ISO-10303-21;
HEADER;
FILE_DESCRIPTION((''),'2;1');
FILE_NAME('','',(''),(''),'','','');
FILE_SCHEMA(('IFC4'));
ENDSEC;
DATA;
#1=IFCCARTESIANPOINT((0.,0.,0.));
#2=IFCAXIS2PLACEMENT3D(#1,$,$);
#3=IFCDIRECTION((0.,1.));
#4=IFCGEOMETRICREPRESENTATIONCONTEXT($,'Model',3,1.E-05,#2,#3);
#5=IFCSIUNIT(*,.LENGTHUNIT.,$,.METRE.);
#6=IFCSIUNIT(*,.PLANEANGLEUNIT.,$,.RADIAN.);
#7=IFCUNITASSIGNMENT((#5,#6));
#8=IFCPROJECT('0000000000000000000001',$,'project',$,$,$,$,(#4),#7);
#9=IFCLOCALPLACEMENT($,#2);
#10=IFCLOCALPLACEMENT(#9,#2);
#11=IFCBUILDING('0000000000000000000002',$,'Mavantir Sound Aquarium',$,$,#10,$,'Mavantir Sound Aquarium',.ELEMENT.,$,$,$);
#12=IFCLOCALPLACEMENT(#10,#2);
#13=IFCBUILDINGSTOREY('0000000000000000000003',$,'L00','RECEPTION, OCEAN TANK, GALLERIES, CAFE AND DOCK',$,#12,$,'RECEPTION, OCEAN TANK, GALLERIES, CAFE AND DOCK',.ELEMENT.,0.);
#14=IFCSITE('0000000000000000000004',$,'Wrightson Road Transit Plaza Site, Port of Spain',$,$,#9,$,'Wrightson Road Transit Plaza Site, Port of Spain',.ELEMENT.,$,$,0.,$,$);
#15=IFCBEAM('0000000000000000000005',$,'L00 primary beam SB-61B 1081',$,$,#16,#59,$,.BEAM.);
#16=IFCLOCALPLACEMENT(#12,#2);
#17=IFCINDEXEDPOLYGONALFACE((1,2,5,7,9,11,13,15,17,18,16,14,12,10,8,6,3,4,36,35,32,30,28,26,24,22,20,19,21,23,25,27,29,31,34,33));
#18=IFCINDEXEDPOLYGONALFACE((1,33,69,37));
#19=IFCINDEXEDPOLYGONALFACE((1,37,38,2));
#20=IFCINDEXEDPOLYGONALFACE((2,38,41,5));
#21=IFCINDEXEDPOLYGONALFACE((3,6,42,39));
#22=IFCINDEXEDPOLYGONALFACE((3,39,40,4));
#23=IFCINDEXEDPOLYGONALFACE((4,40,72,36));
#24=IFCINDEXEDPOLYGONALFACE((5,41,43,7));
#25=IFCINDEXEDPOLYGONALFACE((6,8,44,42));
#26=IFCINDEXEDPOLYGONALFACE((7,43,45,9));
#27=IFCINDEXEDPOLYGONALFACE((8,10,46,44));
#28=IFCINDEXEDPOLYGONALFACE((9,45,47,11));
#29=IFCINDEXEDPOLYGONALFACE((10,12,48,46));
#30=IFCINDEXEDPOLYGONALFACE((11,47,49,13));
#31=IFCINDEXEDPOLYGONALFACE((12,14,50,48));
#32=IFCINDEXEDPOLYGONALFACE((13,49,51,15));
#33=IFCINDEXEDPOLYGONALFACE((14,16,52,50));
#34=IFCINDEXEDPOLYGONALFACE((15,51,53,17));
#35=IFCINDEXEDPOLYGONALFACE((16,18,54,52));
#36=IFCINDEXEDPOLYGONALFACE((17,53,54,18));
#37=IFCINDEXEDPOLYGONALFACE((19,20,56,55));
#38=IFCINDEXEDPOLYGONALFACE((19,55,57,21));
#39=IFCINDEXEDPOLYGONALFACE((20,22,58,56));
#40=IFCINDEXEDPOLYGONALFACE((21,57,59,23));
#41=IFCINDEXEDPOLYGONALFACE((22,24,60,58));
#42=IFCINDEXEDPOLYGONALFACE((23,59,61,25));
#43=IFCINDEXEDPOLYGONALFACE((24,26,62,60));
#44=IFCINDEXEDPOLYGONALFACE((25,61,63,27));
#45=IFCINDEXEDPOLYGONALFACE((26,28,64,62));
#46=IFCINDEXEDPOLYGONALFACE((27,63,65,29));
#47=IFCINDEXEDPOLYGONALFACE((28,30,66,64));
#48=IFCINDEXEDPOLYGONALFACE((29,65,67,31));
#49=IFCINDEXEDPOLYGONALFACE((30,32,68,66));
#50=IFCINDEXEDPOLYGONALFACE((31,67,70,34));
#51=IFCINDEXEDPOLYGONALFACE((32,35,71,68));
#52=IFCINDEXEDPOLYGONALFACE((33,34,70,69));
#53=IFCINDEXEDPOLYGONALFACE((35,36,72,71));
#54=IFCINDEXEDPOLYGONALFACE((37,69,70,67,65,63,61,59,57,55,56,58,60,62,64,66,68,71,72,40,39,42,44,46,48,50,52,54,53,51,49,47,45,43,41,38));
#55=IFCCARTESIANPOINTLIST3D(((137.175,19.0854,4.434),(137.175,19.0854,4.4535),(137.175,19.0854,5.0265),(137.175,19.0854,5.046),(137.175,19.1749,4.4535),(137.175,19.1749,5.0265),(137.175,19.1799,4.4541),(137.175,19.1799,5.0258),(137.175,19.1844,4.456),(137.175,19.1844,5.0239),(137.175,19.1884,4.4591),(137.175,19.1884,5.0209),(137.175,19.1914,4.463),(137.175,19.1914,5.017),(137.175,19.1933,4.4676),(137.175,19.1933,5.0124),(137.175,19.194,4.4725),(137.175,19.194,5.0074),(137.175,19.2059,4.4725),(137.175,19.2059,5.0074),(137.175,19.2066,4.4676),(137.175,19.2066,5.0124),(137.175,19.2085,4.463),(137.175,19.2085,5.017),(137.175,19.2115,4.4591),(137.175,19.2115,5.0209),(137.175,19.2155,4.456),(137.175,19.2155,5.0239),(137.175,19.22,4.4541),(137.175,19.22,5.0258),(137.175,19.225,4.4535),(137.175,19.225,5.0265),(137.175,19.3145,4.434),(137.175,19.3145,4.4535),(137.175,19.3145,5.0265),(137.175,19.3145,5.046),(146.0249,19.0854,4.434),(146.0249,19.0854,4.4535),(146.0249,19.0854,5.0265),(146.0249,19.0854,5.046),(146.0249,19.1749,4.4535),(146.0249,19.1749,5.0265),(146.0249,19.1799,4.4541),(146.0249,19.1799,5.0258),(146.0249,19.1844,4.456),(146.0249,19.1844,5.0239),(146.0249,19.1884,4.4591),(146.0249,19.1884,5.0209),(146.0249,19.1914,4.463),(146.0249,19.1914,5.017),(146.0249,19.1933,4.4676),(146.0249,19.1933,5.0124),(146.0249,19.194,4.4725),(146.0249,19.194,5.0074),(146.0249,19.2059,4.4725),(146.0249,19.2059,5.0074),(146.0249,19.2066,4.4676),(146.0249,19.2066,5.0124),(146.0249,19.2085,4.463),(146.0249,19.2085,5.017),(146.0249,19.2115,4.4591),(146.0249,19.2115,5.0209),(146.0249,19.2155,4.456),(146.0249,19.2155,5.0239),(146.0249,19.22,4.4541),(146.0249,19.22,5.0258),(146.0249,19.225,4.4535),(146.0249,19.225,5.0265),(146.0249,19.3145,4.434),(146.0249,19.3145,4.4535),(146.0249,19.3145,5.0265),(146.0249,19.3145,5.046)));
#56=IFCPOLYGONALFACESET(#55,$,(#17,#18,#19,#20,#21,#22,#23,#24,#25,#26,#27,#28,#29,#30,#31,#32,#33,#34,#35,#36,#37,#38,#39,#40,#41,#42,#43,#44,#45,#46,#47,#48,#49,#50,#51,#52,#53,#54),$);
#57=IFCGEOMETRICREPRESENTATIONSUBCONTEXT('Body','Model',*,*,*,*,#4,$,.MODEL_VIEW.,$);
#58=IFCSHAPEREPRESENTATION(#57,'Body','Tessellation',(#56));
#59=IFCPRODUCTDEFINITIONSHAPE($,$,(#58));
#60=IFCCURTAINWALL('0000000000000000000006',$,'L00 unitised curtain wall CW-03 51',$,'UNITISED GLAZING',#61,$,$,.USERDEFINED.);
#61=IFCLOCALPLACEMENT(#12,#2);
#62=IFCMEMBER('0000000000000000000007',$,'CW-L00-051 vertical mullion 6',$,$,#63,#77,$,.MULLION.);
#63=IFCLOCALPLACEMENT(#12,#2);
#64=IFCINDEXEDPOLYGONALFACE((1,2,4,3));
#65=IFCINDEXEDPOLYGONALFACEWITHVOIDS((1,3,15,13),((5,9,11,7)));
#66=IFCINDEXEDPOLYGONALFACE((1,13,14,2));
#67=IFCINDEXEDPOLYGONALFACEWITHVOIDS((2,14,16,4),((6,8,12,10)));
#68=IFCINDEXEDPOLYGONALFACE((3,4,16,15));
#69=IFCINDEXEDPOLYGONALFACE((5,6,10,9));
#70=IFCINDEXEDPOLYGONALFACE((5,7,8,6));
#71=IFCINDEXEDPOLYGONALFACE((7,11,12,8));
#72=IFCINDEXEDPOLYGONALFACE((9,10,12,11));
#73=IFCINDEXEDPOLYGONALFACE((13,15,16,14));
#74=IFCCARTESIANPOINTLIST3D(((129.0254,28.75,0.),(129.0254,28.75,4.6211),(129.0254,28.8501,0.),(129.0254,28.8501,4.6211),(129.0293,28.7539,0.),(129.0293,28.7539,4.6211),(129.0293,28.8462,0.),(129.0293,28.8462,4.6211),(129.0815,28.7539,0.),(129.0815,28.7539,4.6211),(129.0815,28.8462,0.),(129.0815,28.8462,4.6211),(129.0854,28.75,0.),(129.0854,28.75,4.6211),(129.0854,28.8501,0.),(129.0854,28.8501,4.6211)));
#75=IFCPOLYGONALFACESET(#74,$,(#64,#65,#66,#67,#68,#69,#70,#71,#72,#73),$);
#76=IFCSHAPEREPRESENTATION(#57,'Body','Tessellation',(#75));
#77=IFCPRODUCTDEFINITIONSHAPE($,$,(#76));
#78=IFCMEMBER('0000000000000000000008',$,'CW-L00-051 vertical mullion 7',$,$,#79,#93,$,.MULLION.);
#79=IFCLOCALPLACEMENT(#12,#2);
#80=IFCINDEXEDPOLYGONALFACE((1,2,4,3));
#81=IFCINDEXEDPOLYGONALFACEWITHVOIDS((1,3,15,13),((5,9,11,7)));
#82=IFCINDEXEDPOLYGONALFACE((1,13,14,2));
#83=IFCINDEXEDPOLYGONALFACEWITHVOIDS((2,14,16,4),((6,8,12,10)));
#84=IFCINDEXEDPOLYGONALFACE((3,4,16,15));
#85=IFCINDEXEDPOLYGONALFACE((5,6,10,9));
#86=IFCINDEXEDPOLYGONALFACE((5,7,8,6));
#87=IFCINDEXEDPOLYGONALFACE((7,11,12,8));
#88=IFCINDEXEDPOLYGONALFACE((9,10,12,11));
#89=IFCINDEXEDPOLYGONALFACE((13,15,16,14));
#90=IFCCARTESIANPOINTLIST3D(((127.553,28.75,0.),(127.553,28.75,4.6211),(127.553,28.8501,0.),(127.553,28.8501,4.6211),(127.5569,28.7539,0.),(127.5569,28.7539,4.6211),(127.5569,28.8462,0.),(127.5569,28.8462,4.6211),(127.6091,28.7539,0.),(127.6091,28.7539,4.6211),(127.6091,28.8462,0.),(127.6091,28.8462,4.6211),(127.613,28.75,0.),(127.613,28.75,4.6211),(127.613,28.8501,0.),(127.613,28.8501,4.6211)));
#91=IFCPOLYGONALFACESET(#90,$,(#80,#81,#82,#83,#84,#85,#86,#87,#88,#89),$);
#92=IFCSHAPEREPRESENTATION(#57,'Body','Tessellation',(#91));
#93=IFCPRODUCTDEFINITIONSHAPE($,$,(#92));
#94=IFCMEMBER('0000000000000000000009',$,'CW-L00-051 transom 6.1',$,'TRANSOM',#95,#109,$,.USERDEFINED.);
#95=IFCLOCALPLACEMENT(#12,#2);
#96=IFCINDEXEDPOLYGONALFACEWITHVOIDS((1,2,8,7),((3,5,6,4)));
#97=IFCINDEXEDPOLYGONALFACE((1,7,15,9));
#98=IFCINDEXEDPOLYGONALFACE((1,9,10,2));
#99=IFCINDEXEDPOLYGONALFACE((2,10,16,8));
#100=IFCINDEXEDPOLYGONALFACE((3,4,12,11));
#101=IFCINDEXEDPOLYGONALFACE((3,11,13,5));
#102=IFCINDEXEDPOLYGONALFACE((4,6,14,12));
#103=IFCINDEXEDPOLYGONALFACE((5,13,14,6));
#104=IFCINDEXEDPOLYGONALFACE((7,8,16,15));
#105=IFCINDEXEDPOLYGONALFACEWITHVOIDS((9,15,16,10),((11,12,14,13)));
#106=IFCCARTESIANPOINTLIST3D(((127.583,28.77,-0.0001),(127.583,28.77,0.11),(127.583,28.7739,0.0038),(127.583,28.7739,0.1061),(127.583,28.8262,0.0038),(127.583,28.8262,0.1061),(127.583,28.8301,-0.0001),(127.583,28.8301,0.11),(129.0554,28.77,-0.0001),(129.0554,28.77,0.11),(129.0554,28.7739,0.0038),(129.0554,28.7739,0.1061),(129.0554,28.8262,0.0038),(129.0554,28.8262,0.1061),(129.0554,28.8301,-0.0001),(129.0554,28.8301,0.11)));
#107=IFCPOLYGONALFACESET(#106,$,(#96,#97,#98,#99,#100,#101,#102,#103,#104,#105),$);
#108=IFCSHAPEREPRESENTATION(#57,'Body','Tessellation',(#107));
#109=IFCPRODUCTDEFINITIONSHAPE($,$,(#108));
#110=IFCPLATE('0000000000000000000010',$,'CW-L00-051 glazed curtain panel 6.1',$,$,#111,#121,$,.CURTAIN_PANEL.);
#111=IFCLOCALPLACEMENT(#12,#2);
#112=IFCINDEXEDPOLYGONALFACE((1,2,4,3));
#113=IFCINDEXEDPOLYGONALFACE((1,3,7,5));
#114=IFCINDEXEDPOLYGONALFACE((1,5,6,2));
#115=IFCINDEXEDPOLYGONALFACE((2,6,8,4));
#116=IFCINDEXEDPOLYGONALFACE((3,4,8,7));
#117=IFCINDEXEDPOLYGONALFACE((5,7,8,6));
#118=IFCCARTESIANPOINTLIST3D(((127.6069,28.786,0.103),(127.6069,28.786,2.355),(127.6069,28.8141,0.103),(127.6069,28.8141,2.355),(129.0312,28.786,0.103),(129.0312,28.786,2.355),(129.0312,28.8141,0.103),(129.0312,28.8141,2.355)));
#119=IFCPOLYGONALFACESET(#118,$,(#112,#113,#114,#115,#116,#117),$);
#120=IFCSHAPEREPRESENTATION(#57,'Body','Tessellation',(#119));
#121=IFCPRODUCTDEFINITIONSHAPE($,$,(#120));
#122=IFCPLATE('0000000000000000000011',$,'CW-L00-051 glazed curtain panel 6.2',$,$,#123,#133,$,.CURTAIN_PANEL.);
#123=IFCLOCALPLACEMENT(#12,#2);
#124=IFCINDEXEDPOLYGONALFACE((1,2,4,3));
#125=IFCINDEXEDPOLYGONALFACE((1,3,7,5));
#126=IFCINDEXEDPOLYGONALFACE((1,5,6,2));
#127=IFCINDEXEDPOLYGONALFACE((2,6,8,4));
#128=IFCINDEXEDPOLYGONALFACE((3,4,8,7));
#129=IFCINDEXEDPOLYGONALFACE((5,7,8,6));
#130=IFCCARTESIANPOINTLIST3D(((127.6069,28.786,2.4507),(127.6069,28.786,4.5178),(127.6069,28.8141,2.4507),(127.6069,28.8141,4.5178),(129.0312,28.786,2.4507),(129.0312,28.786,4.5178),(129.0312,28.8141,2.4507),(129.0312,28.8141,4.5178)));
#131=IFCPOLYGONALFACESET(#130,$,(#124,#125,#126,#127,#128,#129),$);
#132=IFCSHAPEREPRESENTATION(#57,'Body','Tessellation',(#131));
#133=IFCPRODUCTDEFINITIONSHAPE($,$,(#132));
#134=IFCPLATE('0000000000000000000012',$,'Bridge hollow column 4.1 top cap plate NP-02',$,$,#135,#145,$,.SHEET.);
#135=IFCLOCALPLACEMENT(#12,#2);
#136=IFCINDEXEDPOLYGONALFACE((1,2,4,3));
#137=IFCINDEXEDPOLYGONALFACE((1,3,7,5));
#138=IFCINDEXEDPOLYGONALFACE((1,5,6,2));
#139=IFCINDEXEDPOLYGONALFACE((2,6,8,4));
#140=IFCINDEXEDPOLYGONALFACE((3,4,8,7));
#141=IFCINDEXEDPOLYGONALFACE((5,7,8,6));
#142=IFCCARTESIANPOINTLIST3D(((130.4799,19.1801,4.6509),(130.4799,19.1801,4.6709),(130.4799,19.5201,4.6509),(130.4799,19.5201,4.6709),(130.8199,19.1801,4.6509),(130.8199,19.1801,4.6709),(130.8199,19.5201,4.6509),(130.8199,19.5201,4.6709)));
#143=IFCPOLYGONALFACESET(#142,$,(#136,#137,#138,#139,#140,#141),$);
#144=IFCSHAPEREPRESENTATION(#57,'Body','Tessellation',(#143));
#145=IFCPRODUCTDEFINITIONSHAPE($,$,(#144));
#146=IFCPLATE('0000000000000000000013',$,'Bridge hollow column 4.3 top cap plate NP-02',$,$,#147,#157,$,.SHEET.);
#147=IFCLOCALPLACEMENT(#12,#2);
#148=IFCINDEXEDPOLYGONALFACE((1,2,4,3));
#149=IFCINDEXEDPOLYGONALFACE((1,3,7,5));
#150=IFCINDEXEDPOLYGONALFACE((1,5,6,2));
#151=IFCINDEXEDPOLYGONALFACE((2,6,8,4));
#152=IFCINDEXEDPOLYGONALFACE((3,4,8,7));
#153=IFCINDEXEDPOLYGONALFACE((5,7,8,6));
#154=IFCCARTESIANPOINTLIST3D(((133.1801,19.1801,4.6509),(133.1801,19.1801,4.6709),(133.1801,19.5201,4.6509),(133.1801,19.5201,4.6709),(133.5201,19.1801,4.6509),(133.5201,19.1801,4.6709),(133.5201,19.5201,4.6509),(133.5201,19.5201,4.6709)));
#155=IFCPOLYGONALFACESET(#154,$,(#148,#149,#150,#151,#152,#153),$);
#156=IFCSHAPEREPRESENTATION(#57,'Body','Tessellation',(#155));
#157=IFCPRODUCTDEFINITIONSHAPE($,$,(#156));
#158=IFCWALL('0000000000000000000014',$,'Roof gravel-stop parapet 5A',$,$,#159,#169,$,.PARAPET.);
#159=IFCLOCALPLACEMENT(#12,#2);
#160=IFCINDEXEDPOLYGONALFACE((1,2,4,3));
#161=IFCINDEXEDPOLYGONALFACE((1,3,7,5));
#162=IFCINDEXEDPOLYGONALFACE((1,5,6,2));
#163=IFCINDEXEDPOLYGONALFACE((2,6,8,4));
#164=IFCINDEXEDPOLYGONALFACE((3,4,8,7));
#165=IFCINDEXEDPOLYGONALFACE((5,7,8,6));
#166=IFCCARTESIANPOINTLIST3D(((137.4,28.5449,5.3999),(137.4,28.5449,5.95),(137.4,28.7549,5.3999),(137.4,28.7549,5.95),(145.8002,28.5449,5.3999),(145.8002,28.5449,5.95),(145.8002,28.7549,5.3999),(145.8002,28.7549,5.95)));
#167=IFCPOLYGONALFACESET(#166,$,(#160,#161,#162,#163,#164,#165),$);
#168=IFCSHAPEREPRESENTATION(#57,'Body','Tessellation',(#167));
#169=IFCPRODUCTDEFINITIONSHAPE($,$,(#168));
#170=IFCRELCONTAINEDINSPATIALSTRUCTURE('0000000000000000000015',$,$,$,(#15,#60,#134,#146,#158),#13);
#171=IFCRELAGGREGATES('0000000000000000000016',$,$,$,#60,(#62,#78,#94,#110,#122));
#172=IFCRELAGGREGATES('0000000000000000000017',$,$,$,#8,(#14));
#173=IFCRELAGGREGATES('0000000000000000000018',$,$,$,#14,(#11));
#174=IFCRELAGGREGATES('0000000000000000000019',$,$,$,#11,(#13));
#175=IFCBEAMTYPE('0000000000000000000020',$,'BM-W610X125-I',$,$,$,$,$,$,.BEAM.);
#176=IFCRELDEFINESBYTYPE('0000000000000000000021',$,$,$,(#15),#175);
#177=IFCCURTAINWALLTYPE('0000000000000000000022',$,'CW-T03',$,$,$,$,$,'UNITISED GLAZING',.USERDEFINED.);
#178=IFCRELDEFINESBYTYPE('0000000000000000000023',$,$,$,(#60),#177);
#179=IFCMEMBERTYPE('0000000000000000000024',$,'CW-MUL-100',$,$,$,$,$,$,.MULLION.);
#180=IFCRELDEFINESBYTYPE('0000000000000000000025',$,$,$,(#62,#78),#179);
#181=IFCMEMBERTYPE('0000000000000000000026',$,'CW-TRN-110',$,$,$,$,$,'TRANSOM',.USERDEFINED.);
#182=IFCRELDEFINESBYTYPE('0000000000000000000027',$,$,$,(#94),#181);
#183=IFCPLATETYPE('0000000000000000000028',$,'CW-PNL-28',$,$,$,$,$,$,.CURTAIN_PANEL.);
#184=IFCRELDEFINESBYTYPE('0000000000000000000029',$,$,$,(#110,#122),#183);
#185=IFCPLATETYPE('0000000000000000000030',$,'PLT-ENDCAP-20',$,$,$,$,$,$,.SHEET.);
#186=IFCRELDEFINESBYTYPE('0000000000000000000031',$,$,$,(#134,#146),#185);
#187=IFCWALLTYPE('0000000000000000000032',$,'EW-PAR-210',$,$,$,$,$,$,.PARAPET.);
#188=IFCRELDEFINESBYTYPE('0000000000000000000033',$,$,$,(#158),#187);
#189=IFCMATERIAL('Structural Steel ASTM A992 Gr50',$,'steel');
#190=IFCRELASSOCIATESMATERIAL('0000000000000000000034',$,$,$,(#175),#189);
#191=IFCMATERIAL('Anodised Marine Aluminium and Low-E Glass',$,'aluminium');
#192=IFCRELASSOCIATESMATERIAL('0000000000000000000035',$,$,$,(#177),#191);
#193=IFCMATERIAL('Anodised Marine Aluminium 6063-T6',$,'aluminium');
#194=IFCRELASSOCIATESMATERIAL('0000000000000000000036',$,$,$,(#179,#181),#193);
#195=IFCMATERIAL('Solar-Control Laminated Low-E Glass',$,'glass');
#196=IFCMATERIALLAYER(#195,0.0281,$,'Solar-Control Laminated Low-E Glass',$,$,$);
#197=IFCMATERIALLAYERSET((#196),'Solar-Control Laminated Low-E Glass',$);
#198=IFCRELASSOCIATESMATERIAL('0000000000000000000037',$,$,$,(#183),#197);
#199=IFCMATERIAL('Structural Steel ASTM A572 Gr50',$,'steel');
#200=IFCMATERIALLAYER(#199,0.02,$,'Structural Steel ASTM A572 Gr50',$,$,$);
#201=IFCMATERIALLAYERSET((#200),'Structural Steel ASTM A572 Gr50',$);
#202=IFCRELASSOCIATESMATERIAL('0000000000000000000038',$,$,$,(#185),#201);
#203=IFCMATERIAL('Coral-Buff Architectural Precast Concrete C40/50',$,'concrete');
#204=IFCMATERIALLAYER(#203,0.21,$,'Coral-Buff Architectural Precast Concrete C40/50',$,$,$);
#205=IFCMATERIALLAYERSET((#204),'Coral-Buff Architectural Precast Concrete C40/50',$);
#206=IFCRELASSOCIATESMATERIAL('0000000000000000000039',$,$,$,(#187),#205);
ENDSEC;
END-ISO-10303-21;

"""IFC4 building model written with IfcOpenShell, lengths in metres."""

from ifc_helpers import new_model, si_unit, direction, frame, frame_2d, origin, origin_2d, place, context, subcontext, project, spatial, rectangle, hollow_rectangle, i_section, extrude, material, layer, layer_set, material_profile, profile_set, type_object, element, aggregate, save


model = new_model("IFC4")

# Units and contexts
model_context = context("Model", 3, precision=1e-05, world=origin(), true_north=direction((0.0, 1.0)))
body_context = subcontext(model_context, "Body", "Model", "MODEL_VIEW")
ifc_project = project(units=[si_unit("LENGTHUNIT", "METRE"), si_unit("PLANEANGLEUNIT", "RADIAN")], contexts=[model_context])

# Site, building, storey
site_placement = place(None, origin())
site = spatial("IfcSite", under=ifc_project, at=site_placement, Name="Wrightson Road Transit Plaza Site, Port of Spain", LongName="Wrightson Road Transit Plaza Site, Port of Spain", CompositionType="ELEMENT", RefElevation=0.0)
building_placement = place(site_placement, origin())
building = spatial("IfcBuilding", under=site, at=building_placement, Name="Mavantir Sound Aquarium", LongName="Mavantir Sound Aquarium", CompositionType="ELEMENT")
storey_placement = place(building_placement, origin())
storey = spatial("IfcBuildingStorey", under=building, at=storey_placement, Name="L00", Description="RECEPTION, OCEAN TANK, GALLERIES, CAFE AND DOCK", LongName="RECEPTION, OCEAN TANK, GALLERIES, CAFE AND DOCK", CompositionType="ELEMENT", Elevation=0.0)

# Beam
ifc_material_1 = material(Name="Structural Steel ASTM A992 Gr50", Category="steel")
ifc_material_profile_1 = material_profile(ifc_material_1, i_section(OverallWidth=0.229, OverallDepth=0.6121, WebThickness=0.012, FlangeThickness=0.0195, FilletRadius=0.019, at=origin_2d()), Name="W610X125")
ifc_profile_set_1 = profile_set([ifc_material_profile_1], Name="Structural Steel ASTM A992 Gr50")
beam_type_1 = type_object("IfcBeamType", Name="BM-W610X125-I", PredefinedType="BEAM", material=ifc_profile_set_1)
beam_1_placement = place(storey_placement, frame((137.175, 19.2, 4.74), z_axis=(1.0, 0.0, 0.0), x_axis=(0.0, 1.0, 0.0)))
element("IfcBeam", 1, at=beam_1_placement, inside=storey, type_object=beam_type_1, Name="L00 primary beam SB-61B 1081", PredefinedType="BEAM", context=body_context, shape_type="SweptSolid", body=[
    extrude(i_section(OverallWidth=0.229, OverallDepth=0.6121, WebThickness=0.012, FlangeThickness=0.0195, FilletRadius=0.019, at=origin_2d()), origin(), (0.0, 0.0, 1.0), 8.8499),
])

# Curtain wall, members, plates
ifc_material_2 = material(Name="Anodised Marine Aluminium and Low-E Glass", Category="aluminium")
curtain_wall_type = type_object("IfcCurtainWallType", Name="CW-T03", ElementType="UNITISED GLAZING", PredefinedType="USERDEFINED", material=ifc_material_2)
curtain_wall_placement = place(storey_placement, origin())
curtain_wall = element("IfcCurtainWall", 2, at=curtain_wall_placement, inside=storey, type_object=curtain_wall_type, Name="L00 unitised curtain wall CW-03 51", ObjectType="UNITISED GLAZING", PredefinedType="USERDEFINED")
ifc_material_3 = material(Name="Anodised Marine Aluminium 6063-T6", Category="aluminium")
ifc_material_profile_2 = material_profile(ifc_material_3, hollow_rectangle(XDim=0.0601, YDim=0.1001, WallThickness=0.0039, at=origin_2d()), Name="ALU-MULLION-100X60")
ifc_profile_set_2 = profile_set([ifc_material_profile_2], Name="Anodised Marine Aluminium 6063-T6")
member_type_1 = type_object("IfcMemberType", Name="CW-MUL-100", PredefinedType="MULLION", material=ifc_profile_set_2)
member_1_placement = place(storey_placement, frame((129.0554, 28.8, 0.0), z_axis=(0.0, 0.0, 1.0), x_axis=(1.0, 0.0, 0.0)))
member_1 = element("IfcMember", 3, at=member_1_placement, type_object=member_type_1, Name="CW-L00-051 vertical mullion 6", PredefinedType="MULLION", context=body_context, shape_type="SweptSolid", body=[
    extrude(hollow_rectangle(XDim=0.0601, YDim=0.1001, WallThickness=0.0039, at=origin_2d()), origin(), (0.0, 0.0, 1.0), 4.6211),
])
member_2_placement = place(storey_placement, frame((127.583, 28.8, 0.0), z_axis=(0.0, 0.0, 1.0), x_axis=(1.0, 0.0, 0.0)))
member_2 = element("IfcMember", 4, at=member_2_placement, type_object=member_type_1, Name="CW-L00-051 vertical mullion 7", PredefinedType="MULLION", context=body_context, shape_type="SweptSolid", body=[
    extrude(hollow_rectangle(XDim=0.0601, YDim=0.1001, WallThickness=0.0039, at=origin_2d()), origin(), (0.0, 0.0, 1.0), 4.6211),
])
ifc_material_profile_3 = material_profile(ifc_material_3, hollow_rectangle(XDim=0.0601, YDim=0.1101, WallThickness=0.0039, at=origin_2d()), Name="ALU-TRANSOM-110X60")
ifc_profile_set_3 = profile_set([ifc_material_profile_3], Name="Anodised Marine Aluminium 6063-T6")
member_type_2 = type_object("IfcMemberType", Name="CW-TRN-110", ElementType="TRANSOM", PredefinedType="USERDEFINED", material=ifc_profile_set_3)
member_3_placement = place(storey_placement, frame((129.0554, 28.8, 0.0549), z_axis=(-1.0, 0.0, 0.0), x_axis=(0.0, -1.0, 0.0)))
member_3 = element("IfcMember", 5, at=member_3_placement, type_object=member_type_2, Name="CW-L00-051 transom 6.1", ObjectType="TRANSOM", PredefinedType="USERDEFINED", context=body_context, shape_type="SweptSolid", body=[
    extrude(hollow_rectangle(XDim=0.0601, YDim=0.1101, WallThickness=0.0039, at=origin_2d()), origin(), (0.0, 0.0, 1.0), 1.4724),
])
ifc_material_4 = material(Name="Solar-Control Laminated Low-E Glass", Category="glass")
ifc_layer_1 = layer(ifc_material_4, 0.0281, Name="Solar-Control Laminated Low-E Glass")
ifc_layer_set_1 = layer_set([ifc_layer_1], Name="Solar-Control Laminated Low-E Glass")
plate_type_1 = type_object("IfcPlateType", Name="CW-PNL-28", PredefinedType="CURTAIN_PANEL", material=ifc_layer_set_1)
plate_1_placement = place(storey_placement, frame((128.3191, 28.8, 0.103), z_axis=(0.0, 0.0, 1.0), x_axis=(-1.0, 0.0, 0.0)))
plate_1 = element("IfcPlate", 6, at=plate_1_placement, type_object=plate_type_1, Name="CW-L00-051 glazed curtain panel 6.1", PredefinedType="CURTAIN_PANEL", context=body_context, shape_type="SweptSolid", body=[
    extrude(rectangle(XDim=1.4243, YDim=0.0281, at=origin_2d()), origin(), (0.0, 0.0, 1.0), 2.252),
])
plate_2_placement = place(storey_placement, frame((128.3191, 28.8, 2.4507), z_axis=(0.0, 0.0, 1.0), x_axis=(-1.0, 0.0, 0.0)))
plate_2 = element("IfcPlate", 7, at=plate_2_placement, type_object=plate_type_1, Name="CW-L00-051 glazed curtain panel 6.2", PredefinedType="CURTAIN_PANEL", context=body_context, shape_type="SweptSolid", body=[
    extrude(rectangle(XDim=1.4243, YDim=0.0281, at=origin_2d()), origin(), (0.0, 0.0, 1.0), 2.0671),
])
aggregate(curtain_wall, [member_1, member_2, member_3, plate_1, plate_2])

# Plates
ifc_material_5 = material(Name="Structural Steel ASTM A572 Gr50", Category="steel")
ifc_layer_2 = layer(ifc_material_5, 0.02, Name="Structural Steel ASTM A572 Gr50")
ifc_layer_set_2 = layer_set([ifc_layer_2], Name="Structural Steel ASTM A572 Gr50")
plate_type_2 = type_object("IfcPlateType", Name="PLT-ENDCAP-20", PredefinedType="SHEET", material=ifc_layer_set_2)
for number, where, z_axis, x_axis, name in (
    (8, (130.6499, 19.3501, 4.6509), (0.0, 0.0, 1.0), (1.0, 0.0, 0.0), "Bridge hollow column 4.1 top cap plate NP-02"),
    (9, (133.3501, 19.3501, 4.6509), (0.0, 0.0, 1.0), (1.0, 0.0, 0.0), "Bridge hollow column 4.3 top cap plate NP-02"),
):
    element("IfcPlate", number, at=place(storey_placement, frame(where, z_axis=z_axis, x_axis=x_axis)), inside=storey, type_object=plate_type_2, Name=name, PredefinedType="SHEET", context=body_context, shape_type="SweptSolid", body=[
        extrude(rectangle(XDim=0.3401, YDim=0.3401, at=origin_2d()), origin(), (0.0, 0.0, 1.0), 0.02),
    ])

# Wall
ifc_material_6 = material(Name="Coral-Buff Architectural Precast Concrete C40/50", Category="concrete")
ifc_layer_3 = layer(ifc_material_6, 0.21, Name="Coral-Buff Architectural Precast Concrete C40/50")
ifc_layer_set_3 = layer_set([ifc_layer_3], Name="Coral-Buff Architectural Precast Concrete C40/50")
wall_type = type_object("IfcWallType", Name="EW-PAR-210", PredefinedType="PARAPET", material=ifc_layer_set_3)
wall_placement = place(storey_placement, frame((137.3999, 28.6499, 5.3999), z_axis=(0.0, 0.0, 1.0), x_axis=(1.0, 0.0, 0.0)))
element("IfcWall", 10, at=wall_placement, inside=storey, type_object=wall_type, Name="Roof gravel-stop parapet 5A", PredefinedType="PARAPET", context=body_context, shape_type="SweptSolid", body=[
    extrude(rectangle(XDim=8.4001, YDim=0.21, at=frame_2d((4.2002, 0.0))), origin(), (0.0, 0.0, 1.0), 0.55),
])

save(model, "model.ifc")
